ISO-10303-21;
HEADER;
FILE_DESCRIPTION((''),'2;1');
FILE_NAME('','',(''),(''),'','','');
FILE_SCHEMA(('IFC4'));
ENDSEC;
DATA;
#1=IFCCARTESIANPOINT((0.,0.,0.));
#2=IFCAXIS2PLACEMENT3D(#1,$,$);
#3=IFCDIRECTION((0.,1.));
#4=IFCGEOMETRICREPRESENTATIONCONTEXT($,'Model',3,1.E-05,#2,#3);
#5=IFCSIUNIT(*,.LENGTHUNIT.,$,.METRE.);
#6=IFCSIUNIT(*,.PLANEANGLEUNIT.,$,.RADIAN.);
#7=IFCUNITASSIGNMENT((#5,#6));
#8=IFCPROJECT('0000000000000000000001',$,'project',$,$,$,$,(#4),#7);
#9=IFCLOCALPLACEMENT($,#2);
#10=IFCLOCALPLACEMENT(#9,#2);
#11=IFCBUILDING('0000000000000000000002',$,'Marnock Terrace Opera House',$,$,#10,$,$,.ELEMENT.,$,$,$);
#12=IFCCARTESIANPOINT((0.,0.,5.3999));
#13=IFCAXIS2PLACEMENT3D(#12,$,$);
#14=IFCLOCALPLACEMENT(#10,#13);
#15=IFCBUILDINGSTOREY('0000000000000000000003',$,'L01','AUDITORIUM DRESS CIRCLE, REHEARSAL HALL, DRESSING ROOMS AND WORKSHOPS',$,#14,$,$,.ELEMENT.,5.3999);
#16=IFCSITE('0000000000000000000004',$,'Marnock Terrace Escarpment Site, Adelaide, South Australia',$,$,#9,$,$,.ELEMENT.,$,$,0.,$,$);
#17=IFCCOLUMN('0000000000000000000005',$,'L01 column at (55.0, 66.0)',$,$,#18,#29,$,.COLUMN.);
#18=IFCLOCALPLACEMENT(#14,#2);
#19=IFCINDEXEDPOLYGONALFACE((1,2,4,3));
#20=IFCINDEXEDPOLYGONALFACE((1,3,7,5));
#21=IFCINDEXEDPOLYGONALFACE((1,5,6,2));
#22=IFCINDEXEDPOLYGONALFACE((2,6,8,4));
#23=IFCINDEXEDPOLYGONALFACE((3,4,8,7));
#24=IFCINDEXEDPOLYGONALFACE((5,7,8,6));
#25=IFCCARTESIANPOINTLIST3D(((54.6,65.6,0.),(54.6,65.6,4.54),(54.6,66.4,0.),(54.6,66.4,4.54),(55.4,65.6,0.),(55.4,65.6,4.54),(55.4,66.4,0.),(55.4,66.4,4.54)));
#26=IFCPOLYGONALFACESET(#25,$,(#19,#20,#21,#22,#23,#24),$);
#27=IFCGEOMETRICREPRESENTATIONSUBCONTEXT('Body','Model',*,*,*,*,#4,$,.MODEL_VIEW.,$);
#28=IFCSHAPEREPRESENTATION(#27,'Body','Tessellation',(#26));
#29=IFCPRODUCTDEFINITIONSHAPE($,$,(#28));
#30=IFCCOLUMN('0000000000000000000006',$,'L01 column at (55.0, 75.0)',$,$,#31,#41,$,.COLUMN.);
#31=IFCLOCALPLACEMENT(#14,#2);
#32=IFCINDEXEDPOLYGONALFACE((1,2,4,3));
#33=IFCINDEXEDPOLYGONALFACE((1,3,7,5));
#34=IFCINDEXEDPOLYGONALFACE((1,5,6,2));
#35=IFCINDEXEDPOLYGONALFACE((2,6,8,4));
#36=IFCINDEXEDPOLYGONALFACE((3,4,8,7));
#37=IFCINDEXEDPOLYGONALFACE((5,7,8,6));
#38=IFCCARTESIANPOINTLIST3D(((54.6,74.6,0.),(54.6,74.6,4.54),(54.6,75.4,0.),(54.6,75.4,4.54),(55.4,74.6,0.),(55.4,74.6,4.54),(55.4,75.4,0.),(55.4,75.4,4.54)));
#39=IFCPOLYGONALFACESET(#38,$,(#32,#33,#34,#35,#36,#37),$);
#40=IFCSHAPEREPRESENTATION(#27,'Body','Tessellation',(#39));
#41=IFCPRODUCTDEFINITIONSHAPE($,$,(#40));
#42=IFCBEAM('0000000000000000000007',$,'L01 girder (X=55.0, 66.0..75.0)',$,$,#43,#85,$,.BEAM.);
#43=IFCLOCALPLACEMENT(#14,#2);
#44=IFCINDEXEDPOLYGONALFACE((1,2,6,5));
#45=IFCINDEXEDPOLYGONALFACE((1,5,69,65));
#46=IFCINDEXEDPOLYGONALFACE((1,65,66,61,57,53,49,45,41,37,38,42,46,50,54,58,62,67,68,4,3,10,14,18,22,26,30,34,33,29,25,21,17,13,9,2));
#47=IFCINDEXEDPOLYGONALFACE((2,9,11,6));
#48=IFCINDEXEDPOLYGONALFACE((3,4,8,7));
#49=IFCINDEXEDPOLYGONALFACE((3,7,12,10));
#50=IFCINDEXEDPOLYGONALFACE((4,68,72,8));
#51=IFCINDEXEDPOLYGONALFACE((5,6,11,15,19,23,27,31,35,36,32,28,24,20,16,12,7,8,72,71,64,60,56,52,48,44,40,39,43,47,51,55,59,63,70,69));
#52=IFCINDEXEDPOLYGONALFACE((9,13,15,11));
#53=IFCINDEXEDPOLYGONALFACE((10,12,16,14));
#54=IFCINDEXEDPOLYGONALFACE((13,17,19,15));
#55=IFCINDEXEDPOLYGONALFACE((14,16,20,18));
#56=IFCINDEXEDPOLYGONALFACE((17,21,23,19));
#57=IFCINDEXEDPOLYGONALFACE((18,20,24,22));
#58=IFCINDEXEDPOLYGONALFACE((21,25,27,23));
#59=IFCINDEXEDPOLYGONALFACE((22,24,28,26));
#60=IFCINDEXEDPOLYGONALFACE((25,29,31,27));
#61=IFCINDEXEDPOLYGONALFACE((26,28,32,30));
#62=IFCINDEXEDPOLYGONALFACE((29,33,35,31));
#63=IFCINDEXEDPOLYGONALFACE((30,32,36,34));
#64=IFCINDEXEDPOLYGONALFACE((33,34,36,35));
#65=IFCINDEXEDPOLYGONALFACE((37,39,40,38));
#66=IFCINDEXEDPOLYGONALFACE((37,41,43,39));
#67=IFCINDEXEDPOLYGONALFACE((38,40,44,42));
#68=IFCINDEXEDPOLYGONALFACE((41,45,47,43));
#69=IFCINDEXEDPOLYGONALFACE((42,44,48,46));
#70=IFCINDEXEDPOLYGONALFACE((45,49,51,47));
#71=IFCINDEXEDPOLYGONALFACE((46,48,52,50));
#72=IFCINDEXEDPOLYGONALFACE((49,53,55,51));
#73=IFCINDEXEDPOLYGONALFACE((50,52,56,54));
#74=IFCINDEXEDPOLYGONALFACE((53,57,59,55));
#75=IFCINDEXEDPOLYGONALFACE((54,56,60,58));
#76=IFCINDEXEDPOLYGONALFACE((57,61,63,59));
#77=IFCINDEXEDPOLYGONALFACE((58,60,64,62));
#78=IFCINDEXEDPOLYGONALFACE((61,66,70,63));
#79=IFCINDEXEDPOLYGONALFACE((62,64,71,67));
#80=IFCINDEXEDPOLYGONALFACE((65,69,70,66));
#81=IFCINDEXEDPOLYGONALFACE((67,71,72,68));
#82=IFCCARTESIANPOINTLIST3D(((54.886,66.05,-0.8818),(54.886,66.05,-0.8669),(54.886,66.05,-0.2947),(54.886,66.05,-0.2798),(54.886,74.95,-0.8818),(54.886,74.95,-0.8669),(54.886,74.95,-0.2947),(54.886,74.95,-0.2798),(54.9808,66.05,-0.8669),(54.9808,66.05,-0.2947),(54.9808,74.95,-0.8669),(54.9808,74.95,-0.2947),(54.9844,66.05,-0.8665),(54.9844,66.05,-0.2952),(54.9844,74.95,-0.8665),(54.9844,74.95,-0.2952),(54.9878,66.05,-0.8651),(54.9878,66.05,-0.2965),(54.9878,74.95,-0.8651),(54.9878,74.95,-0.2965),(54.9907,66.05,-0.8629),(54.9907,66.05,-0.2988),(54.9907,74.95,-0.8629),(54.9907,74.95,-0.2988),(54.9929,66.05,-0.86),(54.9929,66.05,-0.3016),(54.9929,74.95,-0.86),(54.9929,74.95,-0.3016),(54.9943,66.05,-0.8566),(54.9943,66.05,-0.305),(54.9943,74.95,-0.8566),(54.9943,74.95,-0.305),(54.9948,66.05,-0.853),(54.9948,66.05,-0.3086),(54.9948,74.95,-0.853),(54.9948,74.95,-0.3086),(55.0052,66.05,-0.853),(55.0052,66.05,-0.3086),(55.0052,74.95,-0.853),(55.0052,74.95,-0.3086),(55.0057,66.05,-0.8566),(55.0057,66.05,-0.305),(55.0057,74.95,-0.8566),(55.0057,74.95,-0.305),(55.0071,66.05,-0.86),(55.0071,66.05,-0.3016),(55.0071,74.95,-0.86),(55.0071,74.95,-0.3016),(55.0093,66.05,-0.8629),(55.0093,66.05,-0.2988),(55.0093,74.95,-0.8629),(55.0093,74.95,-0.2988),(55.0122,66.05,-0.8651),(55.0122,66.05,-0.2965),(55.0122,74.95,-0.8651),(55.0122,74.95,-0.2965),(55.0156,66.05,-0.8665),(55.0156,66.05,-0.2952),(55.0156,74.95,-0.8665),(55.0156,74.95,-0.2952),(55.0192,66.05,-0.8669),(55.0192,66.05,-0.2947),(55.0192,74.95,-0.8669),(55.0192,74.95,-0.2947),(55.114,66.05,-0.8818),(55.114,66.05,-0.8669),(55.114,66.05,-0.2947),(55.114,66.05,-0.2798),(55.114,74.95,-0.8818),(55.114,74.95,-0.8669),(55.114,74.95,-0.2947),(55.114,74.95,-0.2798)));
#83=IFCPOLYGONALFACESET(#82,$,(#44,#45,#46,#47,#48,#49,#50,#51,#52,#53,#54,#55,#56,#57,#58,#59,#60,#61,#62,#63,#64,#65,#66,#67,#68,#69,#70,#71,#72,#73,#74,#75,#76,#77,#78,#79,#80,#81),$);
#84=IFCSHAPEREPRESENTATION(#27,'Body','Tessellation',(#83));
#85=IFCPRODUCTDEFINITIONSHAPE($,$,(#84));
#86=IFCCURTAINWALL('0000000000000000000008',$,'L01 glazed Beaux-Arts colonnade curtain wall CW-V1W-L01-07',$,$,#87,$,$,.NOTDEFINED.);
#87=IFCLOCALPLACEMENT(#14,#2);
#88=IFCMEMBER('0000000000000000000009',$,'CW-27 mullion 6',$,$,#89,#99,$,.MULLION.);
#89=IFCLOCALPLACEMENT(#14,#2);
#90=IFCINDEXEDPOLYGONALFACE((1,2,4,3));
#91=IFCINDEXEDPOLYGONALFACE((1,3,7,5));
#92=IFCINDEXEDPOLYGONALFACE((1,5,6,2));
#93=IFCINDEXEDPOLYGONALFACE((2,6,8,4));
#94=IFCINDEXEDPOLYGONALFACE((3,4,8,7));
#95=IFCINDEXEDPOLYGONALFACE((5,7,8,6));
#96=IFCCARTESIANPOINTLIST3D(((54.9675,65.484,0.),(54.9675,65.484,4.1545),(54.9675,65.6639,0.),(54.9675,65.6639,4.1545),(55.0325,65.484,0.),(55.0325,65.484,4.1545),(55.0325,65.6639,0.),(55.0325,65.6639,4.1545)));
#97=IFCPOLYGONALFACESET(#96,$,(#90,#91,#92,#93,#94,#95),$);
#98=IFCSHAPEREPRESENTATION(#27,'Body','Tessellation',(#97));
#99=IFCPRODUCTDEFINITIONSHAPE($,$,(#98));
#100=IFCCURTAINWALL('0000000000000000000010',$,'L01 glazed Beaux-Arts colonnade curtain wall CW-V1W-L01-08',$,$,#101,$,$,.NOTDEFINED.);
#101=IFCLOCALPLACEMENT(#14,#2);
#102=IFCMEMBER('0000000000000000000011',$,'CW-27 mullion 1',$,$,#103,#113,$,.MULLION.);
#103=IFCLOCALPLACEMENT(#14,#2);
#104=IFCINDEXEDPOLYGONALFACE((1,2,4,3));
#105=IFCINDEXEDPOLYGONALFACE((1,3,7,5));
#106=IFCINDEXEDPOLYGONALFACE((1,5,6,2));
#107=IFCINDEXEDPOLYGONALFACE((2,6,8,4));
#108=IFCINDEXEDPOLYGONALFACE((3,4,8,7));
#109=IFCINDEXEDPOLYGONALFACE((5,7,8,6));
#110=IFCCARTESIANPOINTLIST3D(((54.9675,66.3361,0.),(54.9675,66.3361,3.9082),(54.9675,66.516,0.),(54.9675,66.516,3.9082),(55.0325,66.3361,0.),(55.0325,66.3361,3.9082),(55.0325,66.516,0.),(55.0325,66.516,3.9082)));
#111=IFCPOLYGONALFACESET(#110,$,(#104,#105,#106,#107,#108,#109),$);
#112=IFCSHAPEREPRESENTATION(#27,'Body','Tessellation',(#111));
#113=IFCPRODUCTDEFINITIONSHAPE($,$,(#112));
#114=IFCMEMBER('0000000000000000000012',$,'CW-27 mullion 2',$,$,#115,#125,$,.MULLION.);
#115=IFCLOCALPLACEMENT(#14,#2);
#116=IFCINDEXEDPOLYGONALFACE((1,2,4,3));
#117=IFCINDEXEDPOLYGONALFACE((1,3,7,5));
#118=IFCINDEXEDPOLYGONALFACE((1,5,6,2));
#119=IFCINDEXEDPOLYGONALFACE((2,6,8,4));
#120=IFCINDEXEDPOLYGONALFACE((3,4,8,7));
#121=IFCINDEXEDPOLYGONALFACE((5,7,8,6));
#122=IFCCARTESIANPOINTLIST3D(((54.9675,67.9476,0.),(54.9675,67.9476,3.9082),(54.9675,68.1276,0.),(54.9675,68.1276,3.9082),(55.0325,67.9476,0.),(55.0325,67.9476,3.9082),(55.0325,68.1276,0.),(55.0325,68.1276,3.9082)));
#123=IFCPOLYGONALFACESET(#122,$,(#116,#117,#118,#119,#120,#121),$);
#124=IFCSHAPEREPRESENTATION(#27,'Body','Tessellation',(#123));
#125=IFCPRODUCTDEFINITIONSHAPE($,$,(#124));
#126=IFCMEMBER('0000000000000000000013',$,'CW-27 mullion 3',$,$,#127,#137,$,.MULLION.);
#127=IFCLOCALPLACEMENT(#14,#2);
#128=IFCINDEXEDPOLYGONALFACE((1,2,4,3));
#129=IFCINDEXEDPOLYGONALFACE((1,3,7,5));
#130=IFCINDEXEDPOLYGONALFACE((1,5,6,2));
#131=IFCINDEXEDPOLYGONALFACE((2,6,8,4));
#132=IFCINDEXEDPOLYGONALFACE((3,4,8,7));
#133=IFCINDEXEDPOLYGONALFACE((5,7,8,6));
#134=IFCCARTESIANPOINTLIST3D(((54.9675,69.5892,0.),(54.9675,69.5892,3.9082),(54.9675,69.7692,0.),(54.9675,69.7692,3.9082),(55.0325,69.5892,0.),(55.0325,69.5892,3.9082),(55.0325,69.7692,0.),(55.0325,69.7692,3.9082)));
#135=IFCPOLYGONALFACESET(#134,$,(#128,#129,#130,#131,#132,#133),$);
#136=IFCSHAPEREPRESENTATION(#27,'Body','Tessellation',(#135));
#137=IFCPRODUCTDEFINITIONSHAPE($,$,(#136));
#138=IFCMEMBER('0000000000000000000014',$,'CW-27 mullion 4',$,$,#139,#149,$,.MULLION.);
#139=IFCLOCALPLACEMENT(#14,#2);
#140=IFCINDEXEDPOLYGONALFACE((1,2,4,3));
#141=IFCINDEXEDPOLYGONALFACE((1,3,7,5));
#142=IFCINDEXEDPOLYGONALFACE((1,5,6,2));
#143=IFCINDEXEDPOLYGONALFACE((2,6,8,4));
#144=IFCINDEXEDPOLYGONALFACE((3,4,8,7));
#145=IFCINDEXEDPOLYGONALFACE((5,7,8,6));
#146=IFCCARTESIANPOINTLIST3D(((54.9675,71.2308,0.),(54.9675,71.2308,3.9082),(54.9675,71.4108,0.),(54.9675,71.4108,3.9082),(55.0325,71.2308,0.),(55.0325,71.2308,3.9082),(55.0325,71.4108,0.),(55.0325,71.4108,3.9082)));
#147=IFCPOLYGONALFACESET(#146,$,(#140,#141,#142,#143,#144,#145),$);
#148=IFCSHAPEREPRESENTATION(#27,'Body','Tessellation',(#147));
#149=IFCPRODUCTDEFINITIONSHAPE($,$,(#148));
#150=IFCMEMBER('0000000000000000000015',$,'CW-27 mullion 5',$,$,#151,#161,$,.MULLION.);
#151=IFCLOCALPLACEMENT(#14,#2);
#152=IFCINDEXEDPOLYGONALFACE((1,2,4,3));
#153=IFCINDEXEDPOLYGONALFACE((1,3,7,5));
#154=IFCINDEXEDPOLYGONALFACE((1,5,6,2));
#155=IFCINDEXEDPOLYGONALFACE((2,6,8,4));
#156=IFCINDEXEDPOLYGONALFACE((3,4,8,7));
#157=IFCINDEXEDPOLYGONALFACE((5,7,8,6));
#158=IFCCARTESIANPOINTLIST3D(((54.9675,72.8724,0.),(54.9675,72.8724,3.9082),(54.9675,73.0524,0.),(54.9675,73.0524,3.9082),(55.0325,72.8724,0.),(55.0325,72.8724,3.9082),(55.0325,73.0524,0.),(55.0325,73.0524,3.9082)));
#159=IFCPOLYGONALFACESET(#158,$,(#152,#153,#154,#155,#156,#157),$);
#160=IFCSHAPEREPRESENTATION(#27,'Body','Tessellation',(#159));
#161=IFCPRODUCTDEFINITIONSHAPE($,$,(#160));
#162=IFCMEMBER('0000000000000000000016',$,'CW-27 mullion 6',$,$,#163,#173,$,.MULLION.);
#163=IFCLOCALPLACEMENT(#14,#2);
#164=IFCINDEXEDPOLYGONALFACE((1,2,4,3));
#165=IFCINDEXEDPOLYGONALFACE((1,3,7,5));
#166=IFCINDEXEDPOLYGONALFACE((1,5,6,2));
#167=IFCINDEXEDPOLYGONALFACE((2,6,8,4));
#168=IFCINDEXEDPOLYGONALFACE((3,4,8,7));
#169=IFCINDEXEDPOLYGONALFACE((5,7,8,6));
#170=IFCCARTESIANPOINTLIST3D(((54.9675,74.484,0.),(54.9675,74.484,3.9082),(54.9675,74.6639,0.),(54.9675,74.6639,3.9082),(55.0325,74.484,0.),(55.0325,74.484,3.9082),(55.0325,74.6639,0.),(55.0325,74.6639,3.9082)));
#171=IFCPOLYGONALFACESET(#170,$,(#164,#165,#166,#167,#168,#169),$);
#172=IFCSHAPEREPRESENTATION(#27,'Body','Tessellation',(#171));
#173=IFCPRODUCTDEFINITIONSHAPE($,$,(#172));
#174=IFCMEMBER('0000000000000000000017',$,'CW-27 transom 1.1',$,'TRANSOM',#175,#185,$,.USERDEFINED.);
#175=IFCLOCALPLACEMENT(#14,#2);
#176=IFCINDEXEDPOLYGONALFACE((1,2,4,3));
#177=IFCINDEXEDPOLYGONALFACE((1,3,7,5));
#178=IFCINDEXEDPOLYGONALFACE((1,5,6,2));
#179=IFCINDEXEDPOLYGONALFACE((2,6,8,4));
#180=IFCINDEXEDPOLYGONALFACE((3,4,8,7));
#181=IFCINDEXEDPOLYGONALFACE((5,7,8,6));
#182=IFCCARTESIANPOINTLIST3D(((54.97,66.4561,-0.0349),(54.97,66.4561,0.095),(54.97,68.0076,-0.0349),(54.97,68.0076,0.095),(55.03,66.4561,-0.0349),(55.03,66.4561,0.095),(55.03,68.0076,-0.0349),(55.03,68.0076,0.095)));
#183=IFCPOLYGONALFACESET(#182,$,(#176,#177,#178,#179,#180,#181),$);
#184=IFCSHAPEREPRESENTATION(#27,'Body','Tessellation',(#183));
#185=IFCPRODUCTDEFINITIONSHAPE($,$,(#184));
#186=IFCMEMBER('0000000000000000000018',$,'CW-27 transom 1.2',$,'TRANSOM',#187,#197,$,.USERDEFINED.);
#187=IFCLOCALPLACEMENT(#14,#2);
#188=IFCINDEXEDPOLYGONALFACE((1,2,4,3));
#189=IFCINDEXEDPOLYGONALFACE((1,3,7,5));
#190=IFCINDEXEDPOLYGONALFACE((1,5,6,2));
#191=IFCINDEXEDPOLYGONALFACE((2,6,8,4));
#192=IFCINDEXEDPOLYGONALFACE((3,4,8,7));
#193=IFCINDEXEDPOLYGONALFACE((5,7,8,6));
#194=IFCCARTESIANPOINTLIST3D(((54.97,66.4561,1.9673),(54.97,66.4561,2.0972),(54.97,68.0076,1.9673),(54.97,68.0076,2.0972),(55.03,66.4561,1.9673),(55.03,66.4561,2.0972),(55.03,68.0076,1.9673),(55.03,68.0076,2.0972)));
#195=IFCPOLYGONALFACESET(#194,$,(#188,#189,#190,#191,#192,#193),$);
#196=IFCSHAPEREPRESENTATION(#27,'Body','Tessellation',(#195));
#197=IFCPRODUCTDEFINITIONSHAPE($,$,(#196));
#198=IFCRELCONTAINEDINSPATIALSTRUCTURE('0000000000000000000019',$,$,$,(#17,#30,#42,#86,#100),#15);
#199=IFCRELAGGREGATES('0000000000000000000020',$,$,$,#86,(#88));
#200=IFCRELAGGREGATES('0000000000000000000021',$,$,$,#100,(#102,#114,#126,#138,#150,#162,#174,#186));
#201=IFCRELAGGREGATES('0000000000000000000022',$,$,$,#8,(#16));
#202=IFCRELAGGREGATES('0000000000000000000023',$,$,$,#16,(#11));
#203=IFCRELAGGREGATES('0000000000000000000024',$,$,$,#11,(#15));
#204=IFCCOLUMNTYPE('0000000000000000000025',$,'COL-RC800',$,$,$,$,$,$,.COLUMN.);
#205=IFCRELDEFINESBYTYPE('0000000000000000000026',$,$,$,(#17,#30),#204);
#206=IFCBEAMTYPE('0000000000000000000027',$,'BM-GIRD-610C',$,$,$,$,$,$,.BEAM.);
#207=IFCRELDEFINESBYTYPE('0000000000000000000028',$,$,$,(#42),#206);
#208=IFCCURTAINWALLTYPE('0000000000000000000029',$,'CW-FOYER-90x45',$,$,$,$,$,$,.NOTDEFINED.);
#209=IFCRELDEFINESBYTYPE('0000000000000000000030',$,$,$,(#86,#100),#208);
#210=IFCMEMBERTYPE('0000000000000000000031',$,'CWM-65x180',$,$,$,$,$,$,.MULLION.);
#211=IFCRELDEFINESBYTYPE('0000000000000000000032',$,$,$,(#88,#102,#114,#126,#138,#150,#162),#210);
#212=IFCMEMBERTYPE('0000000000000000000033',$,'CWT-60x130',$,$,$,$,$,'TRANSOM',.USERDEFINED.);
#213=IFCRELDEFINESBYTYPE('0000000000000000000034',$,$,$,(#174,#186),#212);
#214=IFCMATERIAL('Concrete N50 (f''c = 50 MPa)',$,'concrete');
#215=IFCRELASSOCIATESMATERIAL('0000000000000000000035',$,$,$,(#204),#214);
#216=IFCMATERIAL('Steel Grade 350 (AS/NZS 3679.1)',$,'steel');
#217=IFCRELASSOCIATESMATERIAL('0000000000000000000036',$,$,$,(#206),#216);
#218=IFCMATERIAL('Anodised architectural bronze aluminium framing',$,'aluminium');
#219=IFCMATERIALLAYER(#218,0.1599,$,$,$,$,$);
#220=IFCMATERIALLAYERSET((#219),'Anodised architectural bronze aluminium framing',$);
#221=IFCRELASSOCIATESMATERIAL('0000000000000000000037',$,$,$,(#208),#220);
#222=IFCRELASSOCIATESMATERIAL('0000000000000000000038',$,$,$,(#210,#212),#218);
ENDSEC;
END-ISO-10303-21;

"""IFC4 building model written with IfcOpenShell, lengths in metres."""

from ifc_helpers import new_model, si_unit, direction, frame, origin, origin_2d, place, context, subcontext, project, spatial, rectangle, i_section, extrude, material, layer, layer_set, material_profile, profile_set, type_object, element, aggregate, save


model = new_model("IFC4")

# Units and contexts
model_context = context("Model", 3, precision=1e-05, world=origin(), true_north=direction((0.0, 1.0)))
body_context = subcontext(model_context, "Body", "Model", "MODEL_VIEW")
ifc_project = project(units=[si_unit("LENGTHUNIT", "METRE"), si_unit("PLANEANGLEUNIT", "RADIAN")], contexts=[model_context])

# Site, building, storey
site_placement = place(None, origin())
site = spatial("IfcSite", under=ifc_project, at=site_placement, Name="Marnock Terrace Escarpment Site, Adelaide, South Australia", CompositionType="ELEMENT", RefElevation=0.0)
building_placement = place(site_placement, origin())
building = spatial("IfcBuilding", under=site, at=building_placement, Name="Marnock Terrace Opera House", CompositionType="ELEMENT")
storey_placement = place(building_placement, frame((0.0, 0.0, 5.3999)))
storey = spatial("IfcBuildingStorey", under=building, at=storey_placement, Name="L01", Description="AUDITORIUM DRESS CIRCLE, REHEARSAL HALL, DRESSING ROOMS AND WORKSHOPS", CompositionType="ELEMENT", Elevation=5.3999)

# Columns
ifc_material_1 = material(Name="Concrete N50 (f'c = 50 MPa)", Category="concrete")
ifc_material_profile_1 = material_profile(ifc_material_1, rectangle(XDim=0.8, YDim=0.8, at=origin_2d()))
ifc_profile_set_1 = profile_set([ifc_material_profile_1], Name="Concrete N50 (f'c = 50 MPa)")
column_type = type_object("IfcColumnType", Name="COL-RC800", PredefinedType="COLUMN", material=ifc_profile_set_1)
for number, where, z_axis, x_axis, name in (
    (1, (55.0, 66.0, 0.0), (0.0, 0.0, 1.0), (1.0, 0.0, 0.0), "L01 column at (55.0, 66.0)"),
    (2, (55.0, 75.0, 0.0), (0.0, 0.0, 1.0), (1.0, 0.0, 0.0), "L01 column at (55.0, 75.0)"),
):
    element("IfcColumn", number, at=place(storey_placement, frame(where, z_axis=z_axis, x_axis=x_axis)), inside=storey, type_object=column_type, Name=name, PredefinedType="COLUMN", context=body_context, shape_type="SweptSolid", body=[
        extrude(rectangle(XDim=0.8, YDim=0.8, at=origin_2d()), origin(), (0.0, 0.0, 1.0), 4.54),
    ])

# Beam
ifc_material_2 = material(Name="Steel Grade 350 (AS/NZS 3679.1)", Category="steel")
ifc_material_profile_2 = material_profile(ifc_material_2, i_section(OverallWidth=0.228, OverallDepth=0.6021, WebThickness=0.0105, FlangeThickness=0.0149, FilletRadius=0.0139, at=origin_2d()))
ifc_profile_set_2 = profile_set([ifc_material_profile_2], Name="Steel Grade 350 (AS/NZS 3679.1)")
beam_type = type_object("IfcBeamType", Name="BM-GIRD-610C", PredefinedType="BEAM", material=ifc_profile_set_2)
beam_placement = place(storey_placement, frame((55.0, 66.05, -0.5808), z_axis=(0.0, 1.0, 0.0), x_axis=(-1.0, 0.0, 0.0)))
element("IfcBeam", 3, at=beam_placement, inside=storey, type_object=beam_type, Name="L01 girder (X=55.0, 66.0..75.0)", PredefinedType="BEAM", context=body_context, shape_type="SweptSolid", body=[
    extrude(i_section(OverallWidth=0.228, OverallDepth=0.6021, WebThickness=0.0105, FlangeThickness=0.0149, FilletRadius=0.0139, at=origin_2d()), origin(), (0.0, 0.0, 1.0), 8.8999),
])

# Curtain wall, member
ifc_material_3 = material(Name="Anodised architectural bronze aluminium framing", Category="aluminium")
ifc_layer_1 = layer(ifc_material_3, 0.1599)
ifc_layer_set_1 = layer_set([ifc_layer_1], Name="Anodised architectural bronze aluminium framing")
curtain_wall_type = type_object("IfcCurtainWallType", Name="CW-FOYER-90x45", PredefinedType="NOTDEFINED", material=ifc_layer_set_1)
curtain_wall_1_placement = place(storey_placement, origin())
curtain_wall_1 = element("IfcCurtainWall", 4, at=curtain_wall_1_placement, inside=storey, type_object=curtain_wall_type, Name="L01 glazed Beaux-Arts colonnade curtain wall CW-V1W-L01-07", PredefinedType="NOTDEFINED")
ifc_material_profile_3 = material_profile(ifc_material_3, rectangle(XDim=0.0649, YDim=0.1799, at=origin_2d()))
ifc_profile_set_3 = profile_set([ifc_material_profile_3], Name="Anodised architectural bronze aluminium framing")
member_type_1 = type_object("IfcMemberType", Name="CWM-65x180", PredefinedType="MULLION", material=ifc_profile_set_3)
member_1_placement = place(storey_placement, frame((55.0, 65.574, 0.0), z_axis=(0.0, 0.0, 1.0), x_axis=(-1.0, 0.0, 0.0)))
member_1 = element("IfcMember", 5, at=member_1_placement, type_object=member_type_1, Name="CW-27 mullion 6", PredefinedType="MULLION", context=body_context, shape_type="SweptSolid", body=[
    extrude(rectangle(XDim=0.0649, YDim=0.1799, at=origin_2d()), origin(), (0.0, 0.0, 1.0), 4.1545),
])

# Curtain wall, members
curtain_wall_2_placement = place(storey_placement, origin())
curtain_wall_2 = element("IfcCurtainWall", 6, at=curtain_wall_2_placement, inside=storey, type_object=curtain_wall_type, Name="L01 glazed Beaux-Arts colonnade curtain wall CW-V1W-L01-08", PredefinedType="NOTDEFINED")
member_2_placement = place(storey_placement, frame((55.0, 66.426, 0.0), z_axis=(0.0, 0.0, 1.0), x_axis=(-1.0, 0.0, 0.0)))
member_2 = element("IfcMember", 7, at=member_2_placement, type_object=member_type_1, Name="CW-27 mullion 1", PredefinedType="MULLION", context=body_context, shape_type="SweptSolid", body=[
    extrude(rectangle(XDim=0.0649, YDim=0.1799, at=origin_2d()), origin(), (0.0, 0.0, 1.0), 3.9082),
])
member_3_placement = place(storey_placement, frame((55.0, 68.0376, 0.0), z_axis=(0.0, 0.0, 1.0), x_axis=(-1.0, 0.0, 0.0)))
member_3 = element("IfcMember", 8, at=member_3_placement, type_object=member_type_1, Name="CW-27 mullion 2", PredefinedType="MULLION", context=body_context, shape_type="SweptSolid", body=[
    extrude(rectangle(XDim=0.0649, YDim=0.1799, at=origin_2d()), origin(), (0.0, 0.0, 1.0), 3.9082),
])
member_4_placement = place(storey_placement, frame((55.0, 69.6792, 0.0), z_axis=(0.0, 0.0, 1.0), x_axis=(-1.0, 0.0, 0.0)))
member_4 = element("IfcMember", 9, at=member_4_placement, type_object=member_type_1, Name="CW-27 mullion 3", PredefinedType="MULLION", context=body_context, shape_type="SweptSolid", body=[
    extrude(rectangle(XDim=0.0649, YDim=0.1799, at=origin_2d()), origin(), (0.0, 0.0, 1.0), 3.9082),
])
member_5_placement = place(storey_placement, frame((55.0, 71.3208, 0.0), z_axis=(0.0, 0.0, 1.0), x_axis=(-1.0, 0.0, 0.0)))
member_5 = element("IfcMember", 10, at=member_5_placement, type_object=member_type_1, Name="CW-27 mullion 4", PredefinedType="MULLION", context=body_context, shape_type="SweptSolid", body=[
    extrude(rectangle(XDim=0.0649, YDim=0.1799, at=origin_2d()), origin(), (0.0, 0.0, 1.0), 3.9082),
])
member_6_placement = place(storey_placement, frame((55.0, 72.9624, 0.0), z_axis=(0.0, 0.0, 1.0), x_axis=(-1.0, 0.0, 0.0)))
member_6 = element("IfcMember", 11, at=member_6_placement, type_object=member_type_1, Name="CW-27 mullion 5", PredefinedType="MULLION", context=body_context, shape_type="SweptSolid", body=[
    extrude(rectangle(XDim=0.0649, YDim=0.1799, at=origin_2d()), origin(), (0.0, 0.0, 1.0), 3.9082),
])
member_7_placement = place(storey_placement, frame((55.0, 74.574, 0.0), z_axis=(0.0, 0.0, 1.0), x_axis=(-1.0, 0.0, 0.0)))
member_7 = element("IfcMember", 12, at=member_7_placement, type_object=member_type_1, Name="CW-27 mullion 6", PredefinedType="MULLION", context=body_context, shape_type="SweptSolid", body=[
    extrude(rectangle(XDim=0.0649, YDim=0.1799, at=origin_2d()), origin(), (0.0, 0.0, 1.0), 3.9082),
])
ifc_material_profile_4 = material_profile(ifc_material_3, rectangle(XDim=0.0601, YDim=0.1299, at=origin_2d()))
ifc_profile_set_4 = profile_set([ifc_material_profile_4], Name="Anodised architectural bronze aluminium framing")
member_type_2 = type_object("IfcMemberType", Name="CWT-60x130", ElementType="TRANSOM", PredefinedType="USERDEFINED", material=ifc_profile_set_4)
member_8_placement = place(storey_placement, frame((55.0, 66.4561, 0.03), z_axis=(0.0, 1.0, 0.0), x_axis=(-1.0, 0.0, 0.0)))
member_8 = element("IfcMember", 13, at=member_8_placement, type_object=member_type_2, Name="CW-27 transom 1.1", ObjectType="TRANSOM", PredefinedType="USERDEFINED", context=body_context, shape_type="SweptSolid", body=[
    extrude(rectangle(XDim=0.0601, YDim=0.1299, at=origin_2d()), origin(), (0.0, 0.0, 1.0), 1.5515),
])
member_9_placement = place(storey_placement, frame((55.0, 66.4561, 2.0322), z_axis=(0.0, 1.0, 0.0), x_axis=(-1.0, 0.0, 0.0)))
member_9 = element("IfcMember", 14, at=member_9_placement, type_object=member_type_2, Name="CW-27 transom 1.2", ObjectType="TRANSOM", PredefinedType="USERDEFINED", context=body_context, shape_type="SweptSolid", body=[
    extrude(rectangle(XDim=0.0601, YDim=0.1299, at=origin_2d()), origin(), (0.0, 0.0, 1.0), 1.5515),
])

aggregate(curtain_wall_1, [member_1])
aggregate(curtain_wall_2, [member_2, member_3, member_4, member_5, member_6, member_7, member_8, member_9])

save(model, "model.ifc")
